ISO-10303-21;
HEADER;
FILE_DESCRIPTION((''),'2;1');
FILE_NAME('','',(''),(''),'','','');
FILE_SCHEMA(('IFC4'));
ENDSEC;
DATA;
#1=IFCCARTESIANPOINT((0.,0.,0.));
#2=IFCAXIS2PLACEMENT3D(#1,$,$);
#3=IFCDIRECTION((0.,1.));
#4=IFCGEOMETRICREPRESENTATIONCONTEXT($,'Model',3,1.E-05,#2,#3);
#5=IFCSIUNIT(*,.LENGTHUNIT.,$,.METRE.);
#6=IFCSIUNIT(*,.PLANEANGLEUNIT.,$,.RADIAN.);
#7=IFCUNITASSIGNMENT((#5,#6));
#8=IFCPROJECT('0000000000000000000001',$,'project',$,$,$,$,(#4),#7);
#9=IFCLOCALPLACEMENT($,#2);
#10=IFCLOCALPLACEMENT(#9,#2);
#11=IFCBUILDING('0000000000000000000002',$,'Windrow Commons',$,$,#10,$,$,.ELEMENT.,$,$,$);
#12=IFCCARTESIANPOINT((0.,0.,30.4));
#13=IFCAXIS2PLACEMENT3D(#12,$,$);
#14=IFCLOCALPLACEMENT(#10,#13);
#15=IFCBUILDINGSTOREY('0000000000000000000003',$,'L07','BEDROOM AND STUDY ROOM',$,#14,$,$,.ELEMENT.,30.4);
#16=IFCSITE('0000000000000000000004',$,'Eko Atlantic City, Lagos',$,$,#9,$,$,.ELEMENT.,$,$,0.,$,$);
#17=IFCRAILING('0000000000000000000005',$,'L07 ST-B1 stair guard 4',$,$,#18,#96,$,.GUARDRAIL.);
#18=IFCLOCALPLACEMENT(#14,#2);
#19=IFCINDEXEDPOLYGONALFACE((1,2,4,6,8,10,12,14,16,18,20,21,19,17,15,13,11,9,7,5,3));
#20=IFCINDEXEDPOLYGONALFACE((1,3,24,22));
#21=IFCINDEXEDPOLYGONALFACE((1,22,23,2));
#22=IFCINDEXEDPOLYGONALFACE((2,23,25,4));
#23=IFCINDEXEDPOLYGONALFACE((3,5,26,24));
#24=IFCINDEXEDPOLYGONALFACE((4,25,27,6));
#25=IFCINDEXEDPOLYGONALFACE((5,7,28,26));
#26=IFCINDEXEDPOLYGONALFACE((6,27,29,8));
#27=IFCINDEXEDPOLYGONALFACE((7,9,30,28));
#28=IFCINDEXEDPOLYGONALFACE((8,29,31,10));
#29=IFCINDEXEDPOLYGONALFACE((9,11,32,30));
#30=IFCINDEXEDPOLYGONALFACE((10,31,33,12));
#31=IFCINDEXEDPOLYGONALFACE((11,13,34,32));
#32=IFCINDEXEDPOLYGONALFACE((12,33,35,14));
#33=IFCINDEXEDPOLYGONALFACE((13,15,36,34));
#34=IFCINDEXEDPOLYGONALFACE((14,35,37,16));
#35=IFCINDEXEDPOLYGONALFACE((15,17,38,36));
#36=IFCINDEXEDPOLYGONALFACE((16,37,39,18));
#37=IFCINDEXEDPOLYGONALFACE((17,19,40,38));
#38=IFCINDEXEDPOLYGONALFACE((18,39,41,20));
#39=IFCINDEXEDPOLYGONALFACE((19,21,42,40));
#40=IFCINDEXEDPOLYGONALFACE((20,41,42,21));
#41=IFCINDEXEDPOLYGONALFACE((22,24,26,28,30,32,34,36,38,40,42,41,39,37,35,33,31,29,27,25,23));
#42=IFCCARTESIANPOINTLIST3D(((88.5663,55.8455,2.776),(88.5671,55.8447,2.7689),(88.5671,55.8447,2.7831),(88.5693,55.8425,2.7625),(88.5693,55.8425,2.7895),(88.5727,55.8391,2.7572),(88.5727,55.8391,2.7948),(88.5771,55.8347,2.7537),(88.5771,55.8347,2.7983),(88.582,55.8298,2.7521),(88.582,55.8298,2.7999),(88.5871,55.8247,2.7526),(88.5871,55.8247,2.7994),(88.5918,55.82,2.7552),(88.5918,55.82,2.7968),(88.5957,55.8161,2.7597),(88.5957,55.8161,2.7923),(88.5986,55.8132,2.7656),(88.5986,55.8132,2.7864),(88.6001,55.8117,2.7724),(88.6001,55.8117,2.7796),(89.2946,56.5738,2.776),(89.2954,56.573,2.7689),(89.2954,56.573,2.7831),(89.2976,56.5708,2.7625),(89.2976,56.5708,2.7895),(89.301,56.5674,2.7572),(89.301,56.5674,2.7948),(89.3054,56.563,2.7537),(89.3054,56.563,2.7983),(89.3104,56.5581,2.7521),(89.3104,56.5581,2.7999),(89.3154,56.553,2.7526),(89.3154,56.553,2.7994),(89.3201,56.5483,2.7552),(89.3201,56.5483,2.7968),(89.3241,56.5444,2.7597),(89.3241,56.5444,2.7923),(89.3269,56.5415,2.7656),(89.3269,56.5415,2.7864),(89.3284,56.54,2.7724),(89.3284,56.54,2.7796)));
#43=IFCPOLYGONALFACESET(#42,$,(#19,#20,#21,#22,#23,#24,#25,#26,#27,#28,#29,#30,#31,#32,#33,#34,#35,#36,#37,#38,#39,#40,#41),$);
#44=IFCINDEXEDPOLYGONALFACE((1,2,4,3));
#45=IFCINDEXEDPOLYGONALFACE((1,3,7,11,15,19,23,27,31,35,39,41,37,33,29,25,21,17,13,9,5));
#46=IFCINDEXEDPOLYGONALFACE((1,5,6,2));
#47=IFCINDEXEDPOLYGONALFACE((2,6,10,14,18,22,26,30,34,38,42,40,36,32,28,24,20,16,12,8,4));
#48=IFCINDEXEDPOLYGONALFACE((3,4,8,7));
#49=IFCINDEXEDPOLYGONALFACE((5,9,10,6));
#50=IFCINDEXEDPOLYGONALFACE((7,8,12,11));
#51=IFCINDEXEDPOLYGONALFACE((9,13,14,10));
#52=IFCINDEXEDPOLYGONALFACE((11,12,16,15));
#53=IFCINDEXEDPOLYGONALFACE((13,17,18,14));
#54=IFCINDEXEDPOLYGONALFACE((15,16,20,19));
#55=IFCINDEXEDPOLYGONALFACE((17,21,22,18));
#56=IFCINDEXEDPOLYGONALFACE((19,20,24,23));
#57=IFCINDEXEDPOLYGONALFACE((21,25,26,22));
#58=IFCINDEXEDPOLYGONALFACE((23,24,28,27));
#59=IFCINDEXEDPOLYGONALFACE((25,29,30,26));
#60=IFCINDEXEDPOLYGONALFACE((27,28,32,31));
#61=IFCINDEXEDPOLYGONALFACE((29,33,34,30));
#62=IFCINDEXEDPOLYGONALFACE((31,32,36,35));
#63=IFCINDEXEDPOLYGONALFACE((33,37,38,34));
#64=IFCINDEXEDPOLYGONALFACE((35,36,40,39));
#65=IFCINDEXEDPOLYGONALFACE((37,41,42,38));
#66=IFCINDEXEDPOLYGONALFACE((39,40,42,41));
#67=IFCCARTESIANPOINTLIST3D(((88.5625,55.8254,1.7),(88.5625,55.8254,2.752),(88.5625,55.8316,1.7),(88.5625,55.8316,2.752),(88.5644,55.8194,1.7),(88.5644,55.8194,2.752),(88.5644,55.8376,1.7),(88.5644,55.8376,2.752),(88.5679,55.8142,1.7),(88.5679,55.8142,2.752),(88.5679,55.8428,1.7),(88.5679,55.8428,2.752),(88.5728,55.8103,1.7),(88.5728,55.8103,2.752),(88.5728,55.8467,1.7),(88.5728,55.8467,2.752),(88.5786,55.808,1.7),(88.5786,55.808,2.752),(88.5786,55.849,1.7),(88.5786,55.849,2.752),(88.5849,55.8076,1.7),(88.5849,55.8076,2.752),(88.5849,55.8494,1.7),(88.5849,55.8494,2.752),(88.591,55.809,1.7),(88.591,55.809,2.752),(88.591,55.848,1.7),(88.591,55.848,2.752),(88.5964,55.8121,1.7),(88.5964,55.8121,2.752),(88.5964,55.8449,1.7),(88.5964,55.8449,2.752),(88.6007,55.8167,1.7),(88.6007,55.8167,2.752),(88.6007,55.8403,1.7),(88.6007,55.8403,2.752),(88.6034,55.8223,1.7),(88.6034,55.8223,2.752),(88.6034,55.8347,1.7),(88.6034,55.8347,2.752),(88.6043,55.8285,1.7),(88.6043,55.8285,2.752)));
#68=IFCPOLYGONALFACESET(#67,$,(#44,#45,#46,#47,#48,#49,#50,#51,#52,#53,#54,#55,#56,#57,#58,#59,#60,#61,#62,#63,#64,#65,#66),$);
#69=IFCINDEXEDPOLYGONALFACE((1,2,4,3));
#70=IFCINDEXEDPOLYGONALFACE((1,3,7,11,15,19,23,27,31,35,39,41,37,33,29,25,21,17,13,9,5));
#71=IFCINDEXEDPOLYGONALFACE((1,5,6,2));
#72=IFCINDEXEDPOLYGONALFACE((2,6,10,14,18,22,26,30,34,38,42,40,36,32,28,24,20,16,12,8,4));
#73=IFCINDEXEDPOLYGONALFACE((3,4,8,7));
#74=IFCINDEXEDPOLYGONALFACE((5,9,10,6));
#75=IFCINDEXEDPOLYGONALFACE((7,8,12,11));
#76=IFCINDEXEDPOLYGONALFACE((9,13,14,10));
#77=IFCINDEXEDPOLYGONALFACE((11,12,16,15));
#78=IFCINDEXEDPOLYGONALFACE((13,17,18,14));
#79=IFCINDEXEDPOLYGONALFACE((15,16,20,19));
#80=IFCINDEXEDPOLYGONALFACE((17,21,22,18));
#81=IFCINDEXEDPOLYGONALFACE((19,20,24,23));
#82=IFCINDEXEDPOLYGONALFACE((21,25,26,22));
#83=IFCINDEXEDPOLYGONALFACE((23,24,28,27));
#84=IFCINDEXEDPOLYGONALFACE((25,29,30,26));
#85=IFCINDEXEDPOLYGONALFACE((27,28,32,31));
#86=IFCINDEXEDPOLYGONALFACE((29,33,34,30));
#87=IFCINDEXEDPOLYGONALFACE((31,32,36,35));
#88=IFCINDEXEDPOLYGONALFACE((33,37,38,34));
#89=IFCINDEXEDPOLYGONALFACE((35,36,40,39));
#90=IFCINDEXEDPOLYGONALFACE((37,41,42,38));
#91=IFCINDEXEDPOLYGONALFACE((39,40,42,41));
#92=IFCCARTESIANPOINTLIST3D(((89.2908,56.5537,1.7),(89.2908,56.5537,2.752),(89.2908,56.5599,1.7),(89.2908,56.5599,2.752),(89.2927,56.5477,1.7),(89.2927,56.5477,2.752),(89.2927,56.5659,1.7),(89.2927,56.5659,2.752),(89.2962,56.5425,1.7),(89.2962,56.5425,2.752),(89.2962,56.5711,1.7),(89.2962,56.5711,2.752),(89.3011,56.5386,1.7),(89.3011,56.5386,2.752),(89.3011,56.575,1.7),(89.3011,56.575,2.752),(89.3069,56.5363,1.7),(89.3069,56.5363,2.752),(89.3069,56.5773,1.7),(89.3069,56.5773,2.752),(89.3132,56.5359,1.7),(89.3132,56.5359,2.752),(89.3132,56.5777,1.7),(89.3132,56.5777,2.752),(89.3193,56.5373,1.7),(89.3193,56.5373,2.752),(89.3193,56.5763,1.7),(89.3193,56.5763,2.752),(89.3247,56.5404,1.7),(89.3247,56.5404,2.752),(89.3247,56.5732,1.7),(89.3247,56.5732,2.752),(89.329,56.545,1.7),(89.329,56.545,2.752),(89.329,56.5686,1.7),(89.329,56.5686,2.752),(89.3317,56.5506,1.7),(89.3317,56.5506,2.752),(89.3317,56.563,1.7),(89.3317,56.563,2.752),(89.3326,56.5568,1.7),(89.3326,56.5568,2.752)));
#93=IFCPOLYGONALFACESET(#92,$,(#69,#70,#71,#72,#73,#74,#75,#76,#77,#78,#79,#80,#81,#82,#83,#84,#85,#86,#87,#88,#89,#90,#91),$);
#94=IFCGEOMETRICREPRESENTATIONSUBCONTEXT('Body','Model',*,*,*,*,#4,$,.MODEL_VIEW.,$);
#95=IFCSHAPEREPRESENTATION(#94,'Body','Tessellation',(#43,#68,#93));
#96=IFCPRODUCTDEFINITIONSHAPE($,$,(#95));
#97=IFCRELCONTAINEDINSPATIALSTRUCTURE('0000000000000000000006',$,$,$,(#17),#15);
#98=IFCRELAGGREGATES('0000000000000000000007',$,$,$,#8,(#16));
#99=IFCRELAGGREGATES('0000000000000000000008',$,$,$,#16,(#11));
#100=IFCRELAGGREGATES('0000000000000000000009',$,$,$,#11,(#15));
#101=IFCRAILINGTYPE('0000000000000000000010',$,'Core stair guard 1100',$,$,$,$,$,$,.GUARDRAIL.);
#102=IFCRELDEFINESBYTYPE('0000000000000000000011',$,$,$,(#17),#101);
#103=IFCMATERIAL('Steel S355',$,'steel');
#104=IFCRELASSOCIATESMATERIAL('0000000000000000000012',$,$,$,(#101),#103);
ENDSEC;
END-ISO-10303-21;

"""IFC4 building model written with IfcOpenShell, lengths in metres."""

from ifc_helpers import new_model, si_unit, direction, frame, origin, origin_2d, place, context, subcontext, project, spatial, circle, extrude, material, type_object, element, save


model = new_model("IFC4")

# Units and contexts
model_context = context("Model", 3, precision=1e-05, world=origin(), true_north=direction((0.0, 1.0)))
body_context = subcontext(model_context, "Body", "Model", "MODEL_VIEW")
ifc_project = project(units=[si_unit("LENGTHUNIT", "METRE"), si_unit("PLANEANGLEUNIT", "RADIAN")], contexts=[model_context])

# Site, building, storey
site_placement = place(None, origin())
site = spatial("IfcSite", under=ifc_project, at=site_placement, Name="Eko Atlantic City, Lagos", CompositionType="ELEMENT", RefElevation=0.0)
building_placement = place(site_placement, origin())
building = spatial("IfcBuilding", under=site, at=building_placement, Name="Windrow Commons", CompositionType="ELEMENT")
storey_placement = place(building_placement, frame((0.0, 0.0, 30.4)))
storey = spatial("IfcBuildingStorey", under=building, at=storey_placement, Name="L07", Description="BEDROOM AND STUDY ROOM", CompositionType="ELEMENT", Elevation=30.4)

# Railing
ifc_material_1 = material(Name="Steel S355", Category="steel")
railing_type = type_object("IfcRailingType", Name="Core stair guard 1100", PredefinedType="GUARDRAIL", material=ifc_material_1)
railing_1_placement = place(storey_placement, frame((88.5833, 55.8285, 1.7)))
element("IfcRailing", 1, at=railing_1_placement, inside=storey, type_object=railing_type, Name="L07 ST-B1 stair guard 4", PredefinedType="GUARDRAIL", context=body_context, shape_type="SweptSolid", body=[
    extrude(circle(Radius=0.024, at=origin_2d()), frame((0.0, 0.0, 1.076), z_axis=(0.707107, 0.707107, 0.0), x_axis=(-0.707107, 0.707107, 0.0)), (0.0, 0.0, 1.0), 1.03),
    extrude(circle(Radius=0.021, at=origin_2d()), origin(), (0.0, 0.0, 1.0), 1.052),
    extrude(circle(Radius=0.021, at=origin_2d()), frame((0.7283, 0.7283, 0.0)), (0.0, 0.0, 1.0), 1.052),
])

save(model, "model.ifc")
